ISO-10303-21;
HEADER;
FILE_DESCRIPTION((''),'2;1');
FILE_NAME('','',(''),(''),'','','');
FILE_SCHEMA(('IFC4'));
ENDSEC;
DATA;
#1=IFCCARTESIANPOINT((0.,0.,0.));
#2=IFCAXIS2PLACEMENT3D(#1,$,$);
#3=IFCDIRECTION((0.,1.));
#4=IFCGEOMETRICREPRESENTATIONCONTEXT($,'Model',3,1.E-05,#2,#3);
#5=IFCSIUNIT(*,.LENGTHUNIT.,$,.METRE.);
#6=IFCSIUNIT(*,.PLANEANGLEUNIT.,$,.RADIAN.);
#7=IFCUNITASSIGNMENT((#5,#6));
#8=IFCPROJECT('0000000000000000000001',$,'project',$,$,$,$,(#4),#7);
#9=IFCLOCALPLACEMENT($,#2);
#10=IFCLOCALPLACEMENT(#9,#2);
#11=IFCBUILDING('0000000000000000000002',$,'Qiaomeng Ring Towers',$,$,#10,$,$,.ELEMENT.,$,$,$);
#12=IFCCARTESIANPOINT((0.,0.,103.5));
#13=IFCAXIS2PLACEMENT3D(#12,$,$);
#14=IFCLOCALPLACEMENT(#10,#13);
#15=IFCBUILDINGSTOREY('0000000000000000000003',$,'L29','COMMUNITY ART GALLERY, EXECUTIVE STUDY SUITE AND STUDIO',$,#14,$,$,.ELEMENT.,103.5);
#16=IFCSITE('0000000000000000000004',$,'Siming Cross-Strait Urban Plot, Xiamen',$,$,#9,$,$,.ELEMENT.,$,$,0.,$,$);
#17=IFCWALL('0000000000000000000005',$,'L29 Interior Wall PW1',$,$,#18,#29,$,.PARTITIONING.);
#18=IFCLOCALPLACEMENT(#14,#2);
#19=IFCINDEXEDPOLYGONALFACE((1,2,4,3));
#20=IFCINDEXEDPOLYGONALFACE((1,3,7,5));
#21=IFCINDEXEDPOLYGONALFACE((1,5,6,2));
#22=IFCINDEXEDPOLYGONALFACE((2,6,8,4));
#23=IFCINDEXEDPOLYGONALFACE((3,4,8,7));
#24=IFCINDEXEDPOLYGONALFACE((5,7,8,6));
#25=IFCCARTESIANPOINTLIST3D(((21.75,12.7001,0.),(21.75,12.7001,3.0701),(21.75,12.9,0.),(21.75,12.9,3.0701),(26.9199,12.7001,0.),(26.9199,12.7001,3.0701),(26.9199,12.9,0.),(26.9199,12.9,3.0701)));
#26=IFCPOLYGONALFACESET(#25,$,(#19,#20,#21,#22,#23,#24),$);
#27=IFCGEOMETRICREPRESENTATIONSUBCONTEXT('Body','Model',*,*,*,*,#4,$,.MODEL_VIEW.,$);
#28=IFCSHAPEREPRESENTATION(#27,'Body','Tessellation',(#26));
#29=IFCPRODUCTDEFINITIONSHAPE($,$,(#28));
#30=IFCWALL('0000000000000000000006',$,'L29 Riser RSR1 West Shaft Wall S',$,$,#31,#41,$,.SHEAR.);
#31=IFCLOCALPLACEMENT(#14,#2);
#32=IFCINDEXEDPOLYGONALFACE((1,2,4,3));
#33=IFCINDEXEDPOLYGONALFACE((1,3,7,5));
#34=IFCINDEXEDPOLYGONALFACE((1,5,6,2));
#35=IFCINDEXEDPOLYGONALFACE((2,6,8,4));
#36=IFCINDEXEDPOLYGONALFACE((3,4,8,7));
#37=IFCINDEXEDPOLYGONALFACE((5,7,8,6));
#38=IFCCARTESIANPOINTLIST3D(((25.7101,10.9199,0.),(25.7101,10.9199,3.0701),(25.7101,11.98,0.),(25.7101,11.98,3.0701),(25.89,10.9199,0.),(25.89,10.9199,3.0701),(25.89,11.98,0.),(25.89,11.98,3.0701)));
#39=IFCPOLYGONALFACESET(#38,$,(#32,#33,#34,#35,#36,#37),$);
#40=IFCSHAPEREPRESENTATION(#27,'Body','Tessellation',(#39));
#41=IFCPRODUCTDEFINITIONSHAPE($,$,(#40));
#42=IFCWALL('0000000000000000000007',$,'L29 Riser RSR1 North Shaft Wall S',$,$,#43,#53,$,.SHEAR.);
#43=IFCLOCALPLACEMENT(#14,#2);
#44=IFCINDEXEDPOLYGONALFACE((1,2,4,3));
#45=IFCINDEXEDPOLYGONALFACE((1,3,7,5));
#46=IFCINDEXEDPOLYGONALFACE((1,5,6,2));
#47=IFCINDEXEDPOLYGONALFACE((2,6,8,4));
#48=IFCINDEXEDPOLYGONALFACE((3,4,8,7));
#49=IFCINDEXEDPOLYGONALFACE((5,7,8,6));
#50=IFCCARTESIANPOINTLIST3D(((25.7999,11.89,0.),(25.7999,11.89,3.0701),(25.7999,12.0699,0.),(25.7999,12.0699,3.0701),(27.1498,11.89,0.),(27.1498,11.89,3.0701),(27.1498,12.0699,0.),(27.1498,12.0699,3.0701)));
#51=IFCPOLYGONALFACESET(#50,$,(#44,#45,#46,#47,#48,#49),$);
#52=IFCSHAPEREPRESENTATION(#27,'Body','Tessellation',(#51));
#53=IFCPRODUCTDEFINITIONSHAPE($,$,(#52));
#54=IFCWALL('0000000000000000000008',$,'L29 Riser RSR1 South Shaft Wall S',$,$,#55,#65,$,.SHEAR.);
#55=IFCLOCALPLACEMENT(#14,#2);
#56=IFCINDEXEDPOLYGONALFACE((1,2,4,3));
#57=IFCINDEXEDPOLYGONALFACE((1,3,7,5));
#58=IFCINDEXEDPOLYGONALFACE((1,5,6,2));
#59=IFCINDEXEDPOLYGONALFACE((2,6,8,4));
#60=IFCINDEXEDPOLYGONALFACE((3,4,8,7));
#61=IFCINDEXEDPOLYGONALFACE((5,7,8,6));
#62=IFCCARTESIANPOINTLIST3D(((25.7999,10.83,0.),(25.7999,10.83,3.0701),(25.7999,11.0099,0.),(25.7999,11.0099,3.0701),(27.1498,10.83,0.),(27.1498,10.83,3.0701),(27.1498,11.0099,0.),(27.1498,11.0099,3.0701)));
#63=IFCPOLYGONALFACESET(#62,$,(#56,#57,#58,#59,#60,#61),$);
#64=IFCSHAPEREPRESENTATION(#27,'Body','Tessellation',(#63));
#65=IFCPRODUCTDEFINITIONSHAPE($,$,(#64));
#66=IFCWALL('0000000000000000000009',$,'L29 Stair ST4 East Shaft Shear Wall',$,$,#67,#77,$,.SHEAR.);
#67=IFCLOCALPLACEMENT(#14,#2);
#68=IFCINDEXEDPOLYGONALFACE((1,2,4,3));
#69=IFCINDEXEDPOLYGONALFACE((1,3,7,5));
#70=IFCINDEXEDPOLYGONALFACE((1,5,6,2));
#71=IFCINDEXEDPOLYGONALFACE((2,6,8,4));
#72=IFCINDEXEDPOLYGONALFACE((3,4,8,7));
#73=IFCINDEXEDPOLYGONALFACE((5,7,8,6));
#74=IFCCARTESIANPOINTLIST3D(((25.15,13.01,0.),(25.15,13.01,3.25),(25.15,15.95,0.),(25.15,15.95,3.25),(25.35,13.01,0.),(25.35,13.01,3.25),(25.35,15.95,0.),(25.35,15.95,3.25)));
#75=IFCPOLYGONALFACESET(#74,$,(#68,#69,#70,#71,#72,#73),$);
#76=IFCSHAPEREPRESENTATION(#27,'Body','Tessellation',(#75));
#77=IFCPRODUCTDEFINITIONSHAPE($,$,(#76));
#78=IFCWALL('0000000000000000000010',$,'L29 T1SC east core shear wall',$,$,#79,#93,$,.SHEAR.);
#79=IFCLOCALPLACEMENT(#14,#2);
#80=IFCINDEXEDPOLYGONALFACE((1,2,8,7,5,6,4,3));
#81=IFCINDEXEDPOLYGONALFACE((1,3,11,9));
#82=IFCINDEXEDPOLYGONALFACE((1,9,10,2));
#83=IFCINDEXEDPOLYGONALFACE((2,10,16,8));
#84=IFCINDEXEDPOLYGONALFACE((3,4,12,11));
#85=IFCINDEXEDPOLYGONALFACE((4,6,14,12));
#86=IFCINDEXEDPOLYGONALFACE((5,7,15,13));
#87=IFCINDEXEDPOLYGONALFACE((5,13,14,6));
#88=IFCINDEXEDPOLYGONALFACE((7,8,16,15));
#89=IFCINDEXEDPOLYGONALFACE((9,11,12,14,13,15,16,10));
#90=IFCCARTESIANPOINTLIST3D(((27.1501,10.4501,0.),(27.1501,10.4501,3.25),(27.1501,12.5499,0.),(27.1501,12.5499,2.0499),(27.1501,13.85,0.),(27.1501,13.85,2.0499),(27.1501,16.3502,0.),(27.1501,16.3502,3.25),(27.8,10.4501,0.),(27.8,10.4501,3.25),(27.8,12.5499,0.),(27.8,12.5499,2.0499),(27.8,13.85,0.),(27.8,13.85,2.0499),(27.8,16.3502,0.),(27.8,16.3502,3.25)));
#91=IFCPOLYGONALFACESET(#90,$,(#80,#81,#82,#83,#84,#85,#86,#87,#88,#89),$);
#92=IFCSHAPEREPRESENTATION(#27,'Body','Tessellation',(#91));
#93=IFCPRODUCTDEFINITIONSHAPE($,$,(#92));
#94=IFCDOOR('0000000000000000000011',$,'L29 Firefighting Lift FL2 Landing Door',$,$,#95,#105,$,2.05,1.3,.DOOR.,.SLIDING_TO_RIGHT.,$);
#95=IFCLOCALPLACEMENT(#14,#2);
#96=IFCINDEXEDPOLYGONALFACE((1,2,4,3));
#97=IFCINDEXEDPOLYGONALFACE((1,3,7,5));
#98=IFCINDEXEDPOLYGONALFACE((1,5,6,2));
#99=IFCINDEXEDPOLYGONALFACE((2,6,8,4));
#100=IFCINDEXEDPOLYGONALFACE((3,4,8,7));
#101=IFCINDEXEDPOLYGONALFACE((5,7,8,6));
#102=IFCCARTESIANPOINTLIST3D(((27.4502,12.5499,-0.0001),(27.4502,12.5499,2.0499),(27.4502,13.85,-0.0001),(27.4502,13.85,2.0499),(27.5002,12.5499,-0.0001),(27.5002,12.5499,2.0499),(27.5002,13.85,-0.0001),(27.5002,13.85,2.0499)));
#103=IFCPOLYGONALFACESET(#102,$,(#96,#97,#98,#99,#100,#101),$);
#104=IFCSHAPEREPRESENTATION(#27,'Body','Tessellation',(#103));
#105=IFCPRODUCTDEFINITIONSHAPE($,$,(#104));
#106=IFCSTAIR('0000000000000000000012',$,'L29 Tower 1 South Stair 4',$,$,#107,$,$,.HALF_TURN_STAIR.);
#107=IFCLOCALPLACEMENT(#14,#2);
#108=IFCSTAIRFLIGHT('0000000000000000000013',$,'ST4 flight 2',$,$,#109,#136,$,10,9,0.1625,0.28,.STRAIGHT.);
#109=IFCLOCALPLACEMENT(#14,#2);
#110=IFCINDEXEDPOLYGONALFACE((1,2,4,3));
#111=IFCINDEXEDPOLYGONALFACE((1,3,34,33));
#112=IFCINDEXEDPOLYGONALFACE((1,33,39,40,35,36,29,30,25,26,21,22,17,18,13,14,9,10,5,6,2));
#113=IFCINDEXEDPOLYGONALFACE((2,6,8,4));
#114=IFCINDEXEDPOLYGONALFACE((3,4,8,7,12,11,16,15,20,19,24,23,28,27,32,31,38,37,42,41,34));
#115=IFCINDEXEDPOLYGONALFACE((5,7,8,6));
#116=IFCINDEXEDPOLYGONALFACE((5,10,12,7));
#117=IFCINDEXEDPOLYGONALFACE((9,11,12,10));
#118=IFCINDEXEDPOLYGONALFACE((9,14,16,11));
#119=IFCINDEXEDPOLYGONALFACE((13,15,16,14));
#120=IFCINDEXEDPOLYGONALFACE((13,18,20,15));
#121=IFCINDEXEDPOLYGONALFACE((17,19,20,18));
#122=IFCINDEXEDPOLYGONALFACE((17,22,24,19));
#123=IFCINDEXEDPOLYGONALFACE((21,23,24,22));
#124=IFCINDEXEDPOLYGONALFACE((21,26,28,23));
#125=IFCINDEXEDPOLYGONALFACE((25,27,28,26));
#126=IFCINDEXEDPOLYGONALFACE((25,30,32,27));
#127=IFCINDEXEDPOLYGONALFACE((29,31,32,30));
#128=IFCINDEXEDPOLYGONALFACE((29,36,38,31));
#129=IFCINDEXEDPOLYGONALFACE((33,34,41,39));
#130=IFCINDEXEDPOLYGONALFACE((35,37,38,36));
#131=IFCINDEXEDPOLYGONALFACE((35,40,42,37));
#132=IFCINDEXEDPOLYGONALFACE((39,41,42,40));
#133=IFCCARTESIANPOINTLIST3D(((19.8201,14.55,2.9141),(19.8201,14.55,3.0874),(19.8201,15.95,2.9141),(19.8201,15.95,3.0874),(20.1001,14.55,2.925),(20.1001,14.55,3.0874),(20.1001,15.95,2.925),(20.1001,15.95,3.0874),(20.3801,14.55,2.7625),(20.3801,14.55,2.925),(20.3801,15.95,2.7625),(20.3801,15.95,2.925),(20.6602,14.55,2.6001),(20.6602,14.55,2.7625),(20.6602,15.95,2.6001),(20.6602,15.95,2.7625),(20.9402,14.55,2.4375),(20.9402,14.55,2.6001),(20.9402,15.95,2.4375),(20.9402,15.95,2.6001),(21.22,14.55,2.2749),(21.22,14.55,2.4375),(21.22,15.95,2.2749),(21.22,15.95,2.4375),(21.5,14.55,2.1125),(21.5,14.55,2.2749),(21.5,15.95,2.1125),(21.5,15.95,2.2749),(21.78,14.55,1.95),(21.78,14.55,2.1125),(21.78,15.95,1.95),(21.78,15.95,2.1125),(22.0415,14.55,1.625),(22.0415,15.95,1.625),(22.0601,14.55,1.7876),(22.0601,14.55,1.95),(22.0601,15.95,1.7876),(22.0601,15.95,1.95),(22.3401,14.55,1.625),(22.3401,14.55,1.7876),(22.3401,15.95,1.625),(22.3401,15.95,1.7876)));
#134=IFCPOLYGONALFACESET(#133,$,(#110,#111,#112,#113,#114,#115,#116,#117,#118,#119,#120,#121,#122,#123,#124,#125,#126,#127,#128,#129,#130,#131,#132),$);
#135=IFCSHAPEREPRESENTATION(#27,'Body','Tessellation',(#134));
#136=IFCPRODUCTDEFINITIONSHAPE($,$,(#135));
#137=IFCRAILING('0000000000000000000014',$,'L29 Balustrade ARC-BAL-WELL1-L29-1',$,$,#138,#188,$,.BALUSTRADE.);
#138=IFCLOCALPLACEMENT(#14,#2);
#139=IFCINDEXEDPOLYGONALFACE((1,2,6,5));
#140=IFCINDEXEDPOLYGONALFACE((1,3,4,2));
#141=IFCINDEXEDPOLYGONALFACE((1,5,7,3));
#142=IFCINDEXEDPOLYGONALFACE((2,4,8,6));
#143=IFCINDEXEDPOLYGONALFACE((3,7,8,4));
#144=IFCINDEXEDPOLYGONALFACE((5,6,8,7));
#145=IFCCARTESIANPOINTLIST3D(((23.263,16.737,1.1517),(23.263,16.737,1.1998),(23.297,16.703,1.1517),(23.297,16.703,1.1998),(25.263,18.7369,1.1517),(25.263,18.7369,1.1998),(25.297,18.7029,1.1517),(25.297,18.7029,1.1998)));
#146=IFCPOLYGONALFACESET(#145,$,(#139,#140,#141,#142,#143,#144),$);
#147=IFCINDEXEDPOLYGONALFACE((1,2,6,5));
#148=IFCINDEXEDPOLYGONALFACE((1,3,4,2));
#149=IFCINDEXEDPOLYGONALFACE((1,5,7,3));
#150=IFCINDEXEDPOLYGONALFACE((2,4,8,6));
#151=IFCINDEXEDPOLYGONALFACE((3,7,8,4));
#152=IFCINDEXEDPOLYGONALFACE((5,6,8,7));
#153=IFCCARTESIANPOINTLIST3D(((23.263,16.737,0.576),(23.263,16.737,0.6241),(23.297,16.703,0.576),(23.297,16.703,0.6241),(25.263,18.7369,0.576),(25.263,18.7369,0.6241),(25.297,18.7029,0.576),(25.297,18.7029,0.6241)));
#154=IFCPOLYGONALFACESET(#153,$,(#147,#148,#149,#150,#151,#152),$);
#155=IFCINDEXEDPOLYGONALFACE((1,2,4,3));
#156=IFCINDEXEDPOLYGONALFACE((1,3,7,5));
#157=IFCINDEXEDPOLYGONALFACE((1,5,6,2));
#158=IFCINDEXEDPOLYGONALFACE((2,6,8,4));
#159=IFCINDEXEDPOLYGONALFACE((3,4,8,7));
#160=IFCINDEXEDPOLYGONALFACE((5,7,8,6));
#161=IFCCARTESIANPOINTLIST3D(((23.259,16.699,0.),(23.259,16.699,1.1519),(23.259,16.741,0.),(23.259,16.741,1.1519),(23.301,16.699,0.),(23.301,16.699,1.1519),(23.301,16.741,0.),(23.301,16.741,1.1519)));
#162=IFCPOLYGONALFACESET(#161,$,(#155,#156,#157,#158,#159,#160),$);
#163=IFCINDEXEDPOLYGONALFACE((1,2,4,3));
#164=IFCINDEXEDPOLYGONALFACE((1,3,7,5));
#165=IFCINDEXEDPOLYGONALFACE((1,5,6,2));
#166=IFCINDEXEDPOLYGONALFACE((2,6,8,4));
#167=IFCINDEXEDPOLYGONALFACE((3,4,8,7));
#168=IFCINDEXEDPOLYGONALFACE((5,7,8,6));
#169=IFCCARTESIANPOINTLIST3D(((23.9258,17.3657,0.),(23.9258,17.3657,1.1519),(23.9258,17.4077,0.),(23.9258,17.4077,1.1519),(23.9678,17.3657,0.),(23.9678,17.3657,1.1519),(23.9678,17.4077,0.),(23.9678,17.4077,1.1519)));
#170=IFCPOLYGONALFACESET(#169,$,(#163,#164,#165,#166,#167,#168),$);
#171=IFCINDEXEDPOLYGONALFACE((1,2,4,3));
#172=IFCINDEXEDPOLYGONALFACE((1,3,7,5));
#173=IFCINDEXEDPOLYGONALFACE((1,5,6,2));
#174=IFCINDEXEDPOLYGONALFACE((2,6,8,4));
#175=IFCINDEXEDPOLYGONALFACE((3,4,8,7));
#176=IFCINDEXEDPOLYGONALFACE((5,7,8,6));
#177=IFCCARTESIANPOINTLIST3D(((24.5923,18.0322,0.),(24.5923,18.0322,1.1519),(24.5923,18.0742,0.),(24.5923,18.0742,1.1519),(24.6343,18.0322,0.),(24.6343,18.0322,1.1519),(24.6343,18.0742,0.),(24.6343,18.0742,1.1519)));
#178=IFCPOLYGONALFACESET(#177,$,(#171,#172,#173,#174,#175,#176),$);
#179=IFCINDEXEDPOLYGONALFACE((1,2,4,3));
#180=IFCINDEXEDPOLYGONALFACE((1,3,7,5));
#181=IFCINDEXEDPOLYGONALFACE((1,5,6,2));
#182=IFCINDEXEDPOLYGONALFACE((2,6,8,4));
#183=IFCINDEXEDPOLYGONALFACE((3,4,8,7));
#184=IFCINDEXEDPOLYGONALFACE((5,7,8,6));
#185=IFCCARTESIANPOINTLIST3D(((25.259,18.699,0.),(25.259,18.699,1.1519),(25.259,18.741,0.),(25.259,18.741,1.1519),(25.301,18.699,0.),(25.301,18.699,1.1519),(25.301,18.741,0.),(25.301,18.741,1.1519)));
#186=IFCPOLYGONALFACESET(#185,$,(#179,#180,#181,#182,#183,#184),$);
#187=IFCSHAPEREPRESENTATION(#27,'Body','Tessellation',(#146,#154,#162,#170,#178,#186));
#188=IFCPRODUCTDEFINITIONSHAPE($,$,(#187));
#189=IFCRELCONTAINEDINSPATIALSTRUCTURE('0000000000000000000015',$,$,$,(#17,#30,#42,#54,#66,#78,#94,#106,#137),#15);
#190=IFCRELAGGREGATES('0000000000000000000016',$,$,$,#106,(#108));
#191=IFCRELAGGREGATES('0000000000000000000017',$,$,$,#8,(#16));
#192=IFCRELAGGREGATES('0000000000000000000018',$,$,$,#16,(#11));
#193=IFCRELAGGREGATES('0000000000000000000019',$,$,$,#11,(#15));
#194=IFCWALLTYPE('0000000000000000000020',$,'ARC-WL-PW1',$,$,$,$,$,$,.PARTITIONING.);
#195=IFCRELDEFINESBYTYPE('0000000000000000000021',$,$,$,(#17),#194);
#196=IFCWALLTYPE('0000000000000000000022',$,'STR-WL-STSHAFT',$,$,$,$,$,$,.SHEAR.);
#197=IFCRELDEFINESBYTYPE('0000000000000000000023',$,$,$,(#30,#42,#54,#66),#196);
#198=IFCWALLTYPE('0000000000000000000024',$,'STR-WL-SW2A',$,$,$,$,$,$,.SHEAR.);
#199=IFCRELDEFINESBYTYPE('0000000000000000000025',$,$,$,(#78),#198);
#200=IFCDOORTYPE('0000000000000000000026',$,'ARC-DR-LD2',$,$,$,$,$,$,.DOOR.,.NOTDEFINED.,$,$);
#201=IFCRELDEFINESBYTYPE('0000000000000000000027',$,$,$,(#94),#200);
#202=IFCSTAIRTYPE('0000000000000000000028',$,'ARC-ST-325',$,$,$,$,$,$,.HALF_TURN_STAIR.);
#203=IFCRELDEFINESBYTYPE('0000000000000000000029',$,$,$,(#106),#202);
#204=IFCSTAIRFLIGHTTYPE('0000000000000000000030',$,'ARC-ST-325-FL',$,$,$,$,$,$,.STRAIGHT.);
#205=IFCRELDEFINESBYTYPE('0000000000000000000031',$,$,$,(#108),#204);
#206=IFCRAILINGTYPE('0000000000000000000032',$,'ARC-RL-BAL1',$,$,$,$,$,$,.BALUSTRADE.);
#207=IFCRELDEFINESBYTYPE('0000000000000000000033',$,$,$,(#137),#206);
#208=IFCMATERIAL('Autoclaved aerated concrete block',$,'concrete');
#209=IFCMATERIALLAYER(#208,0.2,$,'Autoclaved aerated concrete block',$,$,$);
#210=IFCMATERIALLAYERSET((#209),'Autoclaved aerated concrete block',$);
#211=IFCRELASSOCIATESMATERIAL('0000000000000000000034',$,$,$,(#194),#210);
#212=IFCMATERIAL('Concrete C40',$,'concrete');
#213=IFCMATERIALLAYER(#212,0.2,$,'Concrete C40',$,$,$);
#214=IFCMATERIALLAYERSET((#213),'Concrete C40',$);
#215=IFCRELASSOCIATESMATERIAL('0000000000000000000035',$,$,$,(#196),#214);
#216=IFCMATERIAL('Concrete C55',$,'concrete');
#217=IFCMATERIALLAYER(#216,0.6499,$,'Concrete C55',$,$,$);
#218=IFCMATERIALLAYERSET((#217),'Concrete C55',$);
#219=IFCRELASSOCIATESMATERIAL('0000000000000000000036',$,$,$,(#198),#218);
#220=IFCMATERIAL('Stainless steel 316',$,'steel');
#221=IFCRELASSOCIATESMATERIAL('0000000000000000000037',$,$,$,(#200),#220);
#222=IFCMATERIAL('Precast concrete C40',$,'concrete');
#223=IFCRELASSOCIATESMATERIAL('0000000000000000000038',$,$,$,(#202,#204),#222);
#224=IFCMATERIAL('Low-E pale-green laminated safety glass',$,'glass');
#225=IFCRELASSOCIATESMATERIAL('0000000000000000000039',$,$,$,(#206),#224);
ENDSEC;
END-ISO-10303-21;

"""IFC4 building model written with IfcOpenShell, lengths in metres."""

from ifc_helpers import new_model, si_unit, direction, frame, frame_2d, origin, origin_2d, place, context, subcontext, project, spatial, polyline, rectangle, outline, extrude, source, transform, mapped, material, layer, layer_set, type_object, element, fill, aggregate, save


model = new_model("IFC4")

# Units and contexts
model_context = context("Model", 3, precision=1e-05, world=origin(), true_north=direction((0.0, 1.0)))
body_context = subcontext(model_context, "Body", "Model", "MODEL_VIEW")
ifc_project = project(units=[si_unit("LENGTHUNIT", "METRE"), si_unit("PLANEANGLEUNIT", "RADIAN")], contexts=[model_context])

# Site, building, storey
site_placement = place(None, origin())
site = spatial("IfcSite", under=ifc_project, at=site_placement, Name="Siming Cross-Strait Urban Plot, Xiamen", CompositionType="ELEMENT", RefElevation=0.0)
building_placement = place(site_placement, origin())
building = spatial("IfcBuilding", under=site, at=building_placement, Name="Qiaomeng Ring Towers", CompositionType="ELEMENT")
storey_placement = place(building_placement, frame((0.0, 0.0, 103.5)))
storey = spatial("IfcBuildingStorey", under=building, at=storey_placement, Name="L29", Description="COMMUNITY ART GALLERY, EXECUTIVE STUDY SUITE AND STUDIO", CompositionType="ELEMENT", Elevation=103.5)

# Shared definitions
ifc_material_1 = material(Name="Concrete C55", Category="concrete")

# Walls
ifc_material_2 = material(Name="Autoclaved aerated concrete block", Category="concrete")
ifc_layer_1 = layer(ifc_material_2, 0.2, Name="Autoclaved aerated concrete block")
ifc_layer_set_1 = layer_set([ifc_layer_1], Name="Autoclaved aerated concrete block")
wall_type_1 = type_object("IfcWallType", Name="ARC-WL-PW1", PredefinedType="PARTITIONING", material=ifc_layer_set_1)
wall_1_placement = place(storey_placement, frame((21.75, 12.8, 0.0), z_axis=(0.0, 0.0, 1.0), x_axis=(1.0, 0.0, 0.0)))
element("IfcWall", 1, at=wall_1_placement, inside=storey, type_object=wall_type_1, Name="L29 Interior Wall PW1", PredefinedType="PARTITIONING", context=body_context, shape_type="SweptSolid", body=[
    extrude(rectangle(XDim=5.1699, YDim=0.2, at=frame_2d((2.585, 0.0))), origin(), (0.0, 0.0, 1.0), 3.0701),
])
ifc_material_3 = material(Name="Concrete C40", Category="concrete")
ifc_layer_2 = layer(ifc_material_3, 0.2, Name="Concrete C40")
ifc_layer_set_2 = layer_set([ifc_layer_2], Name="Concrete C40")
wall_type_2 = type_object("IfcWallType", Name="STR-WL-STSHAFT", PredefinedType="SHEAR", material=ifc_layer_set_2)
wall_2_placement = place(storey_placement, frame((25.8, 10.9199, 0.0), z_axis=(0.0, 0.0, 1.0), x_axis=(0.0, 1.0, 0.0)))
element("IfcWall", 2, at=wall_2_placement, inside=storey, type_object=wall_type_2, Name="L29 Riser RSR1 West Shaft Wall S", PredefinedType="SHEAR", context=body_context, shape_type="SweptSolid", body=[
    extrude(rectangle(XDim=1.0601, YDim=0.1799, at=frame_2d((0.53, 0.0))), origin(), (0.0, 0.0, 1.0), 3.0701),
])
for number, where, z_axis, x_axis, name in (
    (3, (25.8, 11.98, 0.0), (0.0, 0.0, 1.0), (1.0, 0.0, 0.0), "L29 Riser RSR1 North Shaft Wall S"),
    (4, (25.8, 10.9199, 0.0), (0.0, 0.0, 1.0), (1.0, 0.0, 0.0), "L29 Riser RSR1 South Shaft Wall S"),
):
    element("IfcWall", number, at=place(storey_placement, frame(where, z_axis=z_axis, x_axis=x_axis)), inside=storey, type_object=wall_type_2, Name=name, PredefinedType="SHEAR", context=body_context, shape_type="SweptSolid", body=[
        extrude(rectangle(XDim=1.3499, YDim=0.1799, at=frame_2d((0.6748, 0.0))), origin(), (0.0, 0.0, 1.0), 3.0701),
    ])
wall_3_placement = place(storey_placement, frame((25.25, 13.01, 0.0), z_axis=(0.0, 0.0, 1.0), x_axis=(0.0, 1.0, 0.0)))
element("IfcWall", 5, at=wall_3_placement, inside=storey, type_object=wall_type_2, Name="L29 Stair ST4 East Shaft Shear Wall", PredefinedType="SHEAR", context=body_context, shape_type="SweptSolid", body=[
    extrude(rectangle(XDim=2.9399, YDim=0.2, at=frame_2d((1.47, 0.0))), origin(), (0.0, 0.0, 1.0), 3.25),
])

# Wall, opening, door
ifc_layer_3 = layer(ifc_material_1, 0.6499, Name="Concrete C55")
ifc_layer_set_3 = layer_set([ifc_layer_3], Name="Concrete C55")
wall_type_3 = type_object("IfcWallType", Name="STR-WL-SW2A", PredefinedType="SHEAR", material=ifc_layer_set_3)
wall_4_placement = place(storey_placement, frame((27.4751, 10.45, 0.0), z_axis=(0.0, 0.0, 1.0), x_axis=(0.0, 1.0, 0.0)))
wall_4 = element("IfcWall", 6, at=wall_4_placement, inside=storey, type_object=wall_type_3, Name="L29 T1SC east core shear wall", PredefinedType="SHEAR", context=body_context, shape_type="SweptSolid", body=[
    extrude(rectangle(XDim=5.9001, YDim=0.6499, at=frame_2d((2.9502, 0.0))), origin(), (0.0, 0.0, 1.0), 3.25),
])
opening_placement = place(wall_4_placement, frame((2.1001, 0.0, 0.0)))
opening = element("IfcOpeningElement", 7, at=opening_placement, cuts=wall_4, PredefinedType="OPENING", context=body_context, shape_type="SweptSolid", body=[
    extrude(rectangle(XDim=1.3, YDim=2.05, at=frame_2d((0.6499, 1.0249))), frame((0.0, 0.335, 0.0), z_axis=(0.0, -1.0, 0.0), x_axis=(1.0, 0.0, 0.0)), (0.0, 0.0, 1.0), 0.6699),
])
ifc_material_4 = material(Name="Stainless steel 316", Category="steel")
door_type = type_object("IfcDoorType", Name="ARC-DR-LD2", OperationType="NOTDEFINED", PredefinedType="DOOR", material=ifc_material_4)
shared_shape_1 = source(origin(), body_context, "Body", "SweptSolid", [
    extrude(rectangle(XDim=1.3, YDim=2.05, at=frame_2d((0.6499, 1.0249))), frame((0.0, 0.0249, 0.0), z_axis=(0.0, -1.0, 0.0), x_axis=(1.0, 0.0, 0.0)), (0.0, 0.0, 1.0), 0.05),
])
door_placement = place(opening_placement, origin())
door = element("IfcDoor", 8, at=door_placement, inside=storey, type_object=door_type, Name="L29 Firefighting Lift FL2 Landing Door", OperationType="SLIDING_TO_RIGHT", OverallHeight=2.05, OverallWidth=1.3, PredefinedType="DOOR", context=body_context, shape_type="MappedRepresentation", body=[
    mapped(shared_shape_1, transform((0.0, 0.0, 0.0), x_axis=(1.0, 0.0, 0.0), y_axis=(0.0, 1.0, 0.0), z_axis=(0.0, 0.0, 1.0), scale=1.0)),
])
fill(opening, door)

# Stair, stair flight
ifc_material_5 = material(Name="Precast concrete C40", Category="concrete")
stair_type = type_object("IfcStairType", Name="ARC-ST-325", PredefinedType="HALF_TURN_STAIR", material=ifc_material_5)
stair_placement = place(storey_placement, origin())
stair = element("IfcStair", 9, at=stair_placement, inside=storey, type_object=stair_type, Name="L29 Tower 1 South Stair 4", PredefinedType="HALF_TURN_STAIR")
stair_flight_type = type_object("IfcStairFlightType", Name="ARC-ST-325-FL", PredefinedType="STRAIGHT", material=ifc_material_5)
shared_shape_2 = source(origin(), body_context, "Body", "SweptSolid", [
    extrude(outline(polyline([(0.0, 0.0), (0.0, 0.1626), (0.28, 0.1626), (0.28, 0.325), (0.5601, 0.325), (0.5601, 0.4875), (0.8401, 0.4875), (0.8401, 0.6499), (1.1201, 0.6499), (1.1201, 0.8125), (1.3999, 0.8125), (1.3999, 0.9751), (1.6799, 0.9751), (1.6799, 1.1375), (1.96, 1.1375), (1.96, 1.3), (2.24, 1.3), (2.24, 1.4624), (2.52, 1.4624), (2.52, 1.625), (2.52, 1.2891), (0.2986, 0.0), (0.0, 0.0)])), frame((0.0, 0.7, 0.0), z_axis=(0.0, -1.0, 0.0), x_axis=(1.0, 0.0, 0.0)), (0.0, 0.0, 1.0), 1.3999),
])
stair_flight_placement = place(storey_placement, frame((22.3401, 15.25, 1.625), z_axis=(0.0, 0.0, 1.0), x_axis=(-1.0, 0.0, 0.0)))
stair_flight = element("IfcStairFlight", 10, at=stair_flight_placement, type_object=stair_flight_type, Name="ST4 flight 2", NumberOfRisers=10, NumberOfTreads=9, PredefinedType="STRAIGHT", RiserHeight=0.1625, TreadLength=0.28, context=body_context, shape_type="MappedRepresentation", body=[
    mapped(shared_shape_2, transform((0.0, 0.0, 0.0), x_axis=(1.0, 0.0, 0.0), y_axis=(0.0, 1.0, 0.0), z_axis=(0.0, 0.0, 1.0), scale=1.0)),
])
aggregate(stair, [stair_flight])

# Railing
ifc_material_6 = material(Name="Low-E pale-green laminated safety glass", Category="glass")
railing_type_1 = type_object("IfcRailingType", Name="ARC-RL-BAL1", PredefinedType="BALUSTRADE", material=ifc_material_6)
railing_1_placement = place(storey_placement, frame((23.28, 16.72, 0.0)))
element("IfcRailing", 11, at=railing_1_placement, inside=storey, type_object=railing_type_1, Name="L29 Balustrade ARC-BAL-WELL1-L29-1", PredefinedType="BALUSTRADE", context=body_context, shape_type="SweptSolid", body=[
    extrude(rectangle(XDim=0.0481, YDim=0.0481, at=origin_2d()), frame((0.0, 0.0, 1.1758), z_axis=(0.707107, 0.707107, 0.0), x_axis=(-0.707107, 0.707107, 0.0)), (0.0, 0.0, 1.0), 2.8284),
    extrude(rectangle(XDim=0.0481, YDim=0.0481, at=origin_2d()), frame((0.0, 0.0, 0.6001), z_axis=(0.707107, 0.707107, 0.0), x_axis=(-0.707107, 0.707107, 0.0)), (0.0, 0.0, 1.0), 2.8284),
    extrude(rectangle(XDim=0.042, YDim=0.042, at=origin_2d()), origin(), (0.0, 0.0, 1.0), 1.1519),
    extrude(rectangle(XDim=0.042, YDim=0.042, at=origin_2d()), frame((0.6667, 0.6667, 0.0)), (0.0, 0.0, 1.0), 1.1519),
    extrude(rectangle(XDim=0.042, YDim=0.042, at=origin_2d()), frame((1.3333, 1.3333, 0.0)), (0.0, 0.0, 1.0), 1.1519),
    extrude(rectangle(XDim=0.042, YDim=0.042, at=origin_2d()), frame((2.0, 2.0, 0.0)), (0.0, 0.0, 1.0), 1.1519),
])

save(model, "model.ifc")
